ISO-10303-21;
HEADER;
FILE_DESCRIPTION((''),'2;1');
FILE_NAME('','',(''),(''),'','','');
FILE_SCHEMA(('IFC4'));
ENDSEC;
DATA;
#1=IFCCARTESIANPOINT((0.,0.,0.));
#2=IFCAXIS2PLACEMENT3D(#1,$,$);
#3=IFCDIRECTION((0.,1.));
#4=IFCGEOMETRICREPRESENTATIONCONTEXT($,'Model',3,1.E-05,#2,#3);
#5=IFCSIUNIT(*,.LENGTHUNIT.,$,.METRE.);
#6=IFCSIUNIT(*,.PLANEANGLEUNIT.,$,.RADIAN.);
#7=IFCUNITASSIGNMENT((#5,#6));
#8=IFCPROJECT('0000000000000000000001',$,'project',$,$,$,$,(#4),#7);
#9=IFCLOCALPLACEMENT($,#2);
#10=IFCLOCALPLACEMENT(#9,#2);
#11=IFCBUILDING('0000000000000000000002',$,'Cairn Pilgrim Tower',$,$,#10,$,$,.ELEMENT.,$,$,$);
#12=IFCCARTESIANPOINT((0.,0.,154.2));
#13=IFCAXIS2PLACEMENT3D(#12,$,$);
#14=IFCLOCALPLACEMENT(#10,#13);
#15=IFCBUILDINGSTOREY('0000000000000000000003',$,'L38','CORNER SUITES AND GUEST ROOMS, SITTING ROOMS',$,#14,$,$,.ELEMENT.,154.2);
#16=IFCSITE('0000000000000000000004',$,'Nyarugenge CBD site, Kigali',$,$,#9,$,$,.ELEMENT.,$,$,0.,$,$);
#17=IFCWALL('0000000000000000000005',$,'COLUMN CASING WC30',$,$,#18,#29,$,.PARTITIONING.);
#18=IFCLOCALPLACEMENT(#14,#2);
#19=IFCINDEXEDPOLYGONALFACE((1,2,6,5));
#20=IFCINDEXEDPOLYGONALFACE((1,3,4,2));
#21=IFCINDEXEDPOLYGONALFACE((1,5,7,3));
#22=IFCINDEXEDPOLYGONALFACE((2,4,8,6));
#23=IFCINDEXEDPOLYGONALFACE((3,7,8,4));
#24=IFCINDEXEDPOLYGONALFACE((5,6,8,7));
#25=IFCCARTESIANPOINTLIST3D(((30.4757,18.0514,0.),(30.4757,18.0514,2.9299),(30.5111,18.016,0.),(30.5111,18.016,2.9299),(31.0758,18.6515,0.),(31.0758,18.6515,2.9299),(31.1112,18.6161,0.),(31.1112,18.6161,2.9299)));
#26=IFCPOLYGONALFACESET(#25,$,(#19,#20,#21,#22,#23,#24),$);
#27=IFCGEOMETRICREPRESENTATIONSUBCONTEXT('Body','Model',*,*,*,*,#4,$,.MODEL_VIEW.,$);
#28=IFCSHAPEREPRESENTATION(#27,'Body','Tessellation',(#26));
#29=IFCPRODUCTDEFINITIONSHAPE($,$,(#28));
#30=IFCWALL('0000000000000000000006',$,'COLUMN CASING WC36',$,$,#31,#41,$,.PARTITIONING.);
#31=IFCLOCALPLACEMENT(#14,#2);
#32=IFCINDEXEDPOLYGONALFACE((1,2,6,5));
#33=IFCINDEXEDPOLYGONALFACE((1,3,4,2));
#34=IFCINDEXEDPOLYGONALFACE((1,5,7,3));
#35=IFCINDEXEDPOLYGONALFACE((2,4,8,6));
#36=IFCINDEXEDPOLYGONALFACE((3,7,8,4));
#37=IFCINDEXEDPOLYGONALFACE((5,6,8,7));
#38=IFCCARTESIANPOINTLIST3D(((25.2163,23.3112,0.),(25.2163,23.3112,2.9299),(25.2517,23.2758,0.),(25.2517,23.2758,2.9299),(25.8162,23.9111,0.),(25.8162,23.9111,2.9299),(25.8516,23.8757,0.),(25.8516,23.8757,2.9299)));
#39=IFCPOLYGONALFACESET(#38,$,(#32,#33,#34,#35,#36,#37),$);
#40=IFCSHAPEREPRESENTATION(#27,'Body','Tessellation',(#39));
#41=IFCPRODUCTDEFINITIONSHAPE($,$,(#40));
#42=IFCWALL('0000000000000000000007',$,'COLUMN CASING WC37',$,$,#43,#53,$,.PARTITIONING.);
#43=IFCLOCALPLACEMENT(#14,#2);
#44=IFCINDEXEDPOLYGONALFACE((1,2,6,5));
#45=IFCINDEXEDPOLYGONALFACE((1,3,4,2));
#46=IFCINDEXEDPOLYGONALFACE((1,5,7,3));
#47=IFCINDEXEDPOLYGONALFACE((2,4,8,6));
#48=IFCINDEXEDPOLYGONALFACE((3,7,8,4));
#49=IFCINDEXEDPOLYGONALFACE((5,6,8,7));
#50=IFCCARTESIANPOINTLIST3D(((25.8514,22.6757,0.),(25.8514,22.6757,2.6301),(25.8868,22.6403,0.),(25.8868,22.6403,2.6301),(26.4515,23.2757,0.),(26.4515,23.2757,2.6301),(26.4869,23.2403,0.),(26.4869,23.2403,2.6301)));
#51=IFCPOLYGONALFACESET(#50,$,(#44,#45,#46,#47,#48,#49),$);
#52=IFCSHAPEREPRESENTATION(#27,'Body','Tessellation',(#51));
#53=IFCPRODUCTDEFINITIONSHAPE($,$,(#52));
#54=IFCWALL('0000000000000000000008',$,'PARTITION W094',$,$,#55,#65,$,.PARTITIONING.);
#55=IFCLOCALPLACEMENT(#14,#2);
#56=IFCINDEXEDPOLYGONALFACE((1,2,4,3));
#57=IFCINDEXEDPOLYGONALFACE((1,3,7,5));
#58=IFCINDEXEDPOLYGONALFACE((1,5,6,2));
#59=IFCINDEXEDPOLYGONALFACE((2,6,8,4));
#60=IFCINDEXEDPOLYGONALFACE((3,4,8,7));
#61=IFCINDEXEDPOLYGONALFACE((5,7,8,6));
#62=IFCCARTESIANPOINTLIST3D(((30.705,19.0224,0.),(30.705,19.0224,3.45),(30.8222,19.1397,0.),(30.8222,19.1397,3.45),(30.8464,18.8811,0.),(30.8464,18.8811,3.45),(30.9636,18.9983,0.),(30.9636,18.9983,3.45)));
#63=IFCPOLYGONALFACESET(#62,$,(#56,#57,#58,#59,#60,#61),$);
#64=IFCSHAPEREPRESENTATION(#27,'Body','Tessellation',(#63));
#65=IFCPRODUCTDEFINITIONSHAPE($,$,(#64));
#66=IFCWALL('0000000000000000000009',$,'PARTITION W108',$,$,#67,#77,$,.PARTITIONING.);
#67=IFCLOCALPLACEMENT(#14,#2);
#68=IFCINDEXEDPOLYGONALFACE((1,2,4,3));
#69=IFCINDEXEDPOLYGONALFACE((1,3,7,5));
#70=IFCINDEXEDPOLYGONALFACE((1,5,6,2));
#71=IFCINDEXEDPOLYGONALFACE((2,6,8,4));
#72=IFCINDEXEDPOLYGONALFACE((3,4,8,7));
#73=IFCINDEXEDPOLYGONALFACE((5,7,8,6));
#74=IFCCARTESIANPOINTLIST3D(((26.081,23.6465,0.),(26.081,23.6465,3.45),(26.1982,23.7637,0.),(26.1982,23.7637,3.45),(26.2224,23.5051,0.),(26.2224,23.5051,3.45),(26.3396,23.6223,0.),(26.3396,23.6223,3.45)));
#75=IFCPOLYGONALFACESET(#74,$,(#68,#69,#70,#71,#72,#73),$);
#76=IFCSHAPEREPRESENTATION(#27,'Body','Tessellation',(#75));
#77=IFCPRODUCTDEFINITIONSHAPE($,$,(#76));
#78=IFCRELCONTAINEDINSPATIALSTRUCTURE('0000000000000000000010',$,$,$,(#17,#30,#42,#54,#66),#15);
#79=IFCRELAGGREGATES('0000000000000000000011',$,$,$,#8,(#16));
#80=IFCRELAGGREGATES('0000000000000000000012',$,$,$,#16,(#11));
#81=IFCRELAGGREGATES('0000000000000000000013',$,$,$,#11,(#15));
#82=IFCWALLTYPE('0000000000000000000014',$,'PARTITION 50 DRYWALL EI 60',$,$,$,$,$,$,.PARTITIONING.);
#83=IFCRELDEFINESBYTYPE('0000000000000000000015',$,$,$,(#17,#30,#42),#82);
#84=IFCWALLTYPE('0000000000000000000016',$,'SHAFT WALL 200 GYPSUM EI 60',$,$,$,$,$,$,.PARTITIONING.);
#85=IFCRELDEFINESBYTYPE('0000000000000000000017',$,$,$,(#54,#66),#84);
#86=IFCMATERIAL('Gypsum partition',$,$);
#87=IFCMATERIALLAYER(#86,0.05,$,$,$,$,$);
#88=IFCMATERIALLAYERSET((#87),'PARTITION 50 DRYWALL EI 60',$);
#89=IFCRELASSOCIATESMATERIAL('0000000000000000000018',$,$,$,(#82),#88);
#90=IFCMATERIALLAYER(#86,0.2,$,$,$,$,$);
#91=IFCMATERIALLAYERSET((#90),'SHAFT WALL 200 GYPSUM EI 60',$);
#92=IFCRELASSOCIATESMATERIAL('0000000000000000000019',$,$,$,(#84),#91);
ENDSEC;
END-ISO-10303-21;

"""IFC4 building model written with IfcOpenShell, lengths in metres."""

from ifc_helpers import new_model, si_unit, direction, frame, frame_2d, origin, place, context, subcontext, project, spatial, rectangle, extrude, material, layer, layer_set, type_object, element, save


model = new_model("IFC4")

# Units and contexts
model_context = context("Model", 3, precision=1e-05, world=origin(), true_north=direction((0.0, 1.0)))
body_context = subcontext(model_context, "Body", "Model", "MODEL_VIEW")
ifc_project = project(units=[si_unit("LENGTHUNIT", "METRE"), si_unit("PLANEANGLEUNIT", "RADIAN")], contexts=[model_context])

# Site, building, storey
site_placement = place(None, origin())
site = spatial("IfcSite", under=ifc_project, at=site_placement, Name="Nyarugenge CBD site, Kigali", CompositionType="ELEMENT", RefElevation=0.0)
building_placement = place(site_placement, origin())
building = spatial("IfcBuilding", under=site, at=building_placement, Name="Cairn Pilgrim Tower", CompositionType="ELEMENT")
storey_placement = place(building_placement, frame((0.0, 0.0, 154.2)))
storey = spatial("IfcBuildingStorey", under=building, at=storey_placement, Name="L38", Description="CORNER SUITES AND GUEST ROOMS, SITTING ROOMS", CompositionType="ELEMENT", Elevation=154.2)

# Walls
ifc_material_1 = material(Name="Gypsum partition")
ifc_layer_1 = layer(ifc_material_1, 0.05)
ifc_layer_set_1 = layer_set([ifc_layer_1], Name="PARTITION 50 DRYWALL EI 60")
wall_type_1 = type_object("IfcWallType", Name="PARTITION 50 DRYWALL EI 60", PredefinedType="PARTITIONING", material=ifc_layer_set_1)
wall_1_placement = place(storey_placement, frame((30.4934, 18.0337, 0.0), z_axis=(0.0, 0.0, 1.0), x_axis=(0.707107, 0.707107, 0.0)))
element("IfcWall", 1, at=wall_1_placement, inside=storey, type_object=wall_type_1, Name="COLUMN CASING WC30", PredefinedType="PARTITIONING", context=body_context, shape_type="SweptSolid", body=[
    extrude(rectangle(XDim=0.8486, YDim=0.05, at=frame_2d((0.4243, 0.0))), origin(), (0.0, 0.0, 1.0), 2.9299),
])
wall_2_placement = place(storey_placement, frame((25.2339, 23.2935, 0.0), z_axis=(0.0, 0.0, 1.0), x_axis=(0.707107, 0.707107, 0.0)))
element("IfcWall", 2, at=wall_2_placement, inside=storey, type_object=wall_type_1, Name="COLUMN CASING WC36", PredefinedType="PARTITIONING", context=body_context, shape_type="SweptSolid", body=[
    extrude(rectangle(XDim=0.8484, YDim=0.05, at=frame_2d((0.4243, 0.0))), origin(), (0.0, 0.0, 1.0), 2.9299),
])
wall_3_placement = place(storey_placement, frame((25.8691, 22.658, 0.0), z_axis=(0.0, 0.0, 1.0), x_axis=(0.707107, 0.707107, 0.0)))
element("IfcWall", 3, at=wall_3_placement, inside=storey, type_object=wall_type_1, Name="COLUMN CASING WC37", PredefinedType="PARTITIONING", context=body_context, shape_type="SweptSolid", body=[
    extrude(rectangle(XDim=0.8486, YDim=0.05, at=frame_2d((0.4243, 0.0))), origin(), (0.0, 0.0, 1.0), 2.6301),
])
ifc_layer_2 = layer(ifc_material_1, 0.2)
ifc_layer_set_2 = layer_set([ifc_layer_2], Name="SHAFT WALL 200 GYPSUM EI 60")
wall_type_2 = type_object("IfcWallType", Name="SHAFT WALL 200 GYPSUM EI 60", PredefinedType="PARTITIONING", material=ifc_layer_set_2)
for number, where, z_axis, x_axis, name in (
    (4, (30.7756, 18.9517, 0.0), (0.0, 0.0, 1.0), (0.707107, 0.707107, 0.0), "PARTITION W094"),
    (5, (26.1516, 23.5757, 0.0), (0.0, 0.0, 1.0), (0.707107, 0.707107, 0.0), "PARTITION W108"),
):
    element("IfcWall", number, at=place(storey_placement, frame(where, z_axis=z_axis, x_axis=x_axis)), inside=storey, type_object=wall_type_2, Name=name, PredefinedType="PARTITIONING", context=body_context, shape_type="SweptSolid", body=[
        extrude(rectangle(XDim=0.1658, YDim=0.2, at=frame_2d((0.083, 0.0))), origin(), (0.0, 0.0, 1.0), 3.45),
    ])

save(model, "model.ifc")
